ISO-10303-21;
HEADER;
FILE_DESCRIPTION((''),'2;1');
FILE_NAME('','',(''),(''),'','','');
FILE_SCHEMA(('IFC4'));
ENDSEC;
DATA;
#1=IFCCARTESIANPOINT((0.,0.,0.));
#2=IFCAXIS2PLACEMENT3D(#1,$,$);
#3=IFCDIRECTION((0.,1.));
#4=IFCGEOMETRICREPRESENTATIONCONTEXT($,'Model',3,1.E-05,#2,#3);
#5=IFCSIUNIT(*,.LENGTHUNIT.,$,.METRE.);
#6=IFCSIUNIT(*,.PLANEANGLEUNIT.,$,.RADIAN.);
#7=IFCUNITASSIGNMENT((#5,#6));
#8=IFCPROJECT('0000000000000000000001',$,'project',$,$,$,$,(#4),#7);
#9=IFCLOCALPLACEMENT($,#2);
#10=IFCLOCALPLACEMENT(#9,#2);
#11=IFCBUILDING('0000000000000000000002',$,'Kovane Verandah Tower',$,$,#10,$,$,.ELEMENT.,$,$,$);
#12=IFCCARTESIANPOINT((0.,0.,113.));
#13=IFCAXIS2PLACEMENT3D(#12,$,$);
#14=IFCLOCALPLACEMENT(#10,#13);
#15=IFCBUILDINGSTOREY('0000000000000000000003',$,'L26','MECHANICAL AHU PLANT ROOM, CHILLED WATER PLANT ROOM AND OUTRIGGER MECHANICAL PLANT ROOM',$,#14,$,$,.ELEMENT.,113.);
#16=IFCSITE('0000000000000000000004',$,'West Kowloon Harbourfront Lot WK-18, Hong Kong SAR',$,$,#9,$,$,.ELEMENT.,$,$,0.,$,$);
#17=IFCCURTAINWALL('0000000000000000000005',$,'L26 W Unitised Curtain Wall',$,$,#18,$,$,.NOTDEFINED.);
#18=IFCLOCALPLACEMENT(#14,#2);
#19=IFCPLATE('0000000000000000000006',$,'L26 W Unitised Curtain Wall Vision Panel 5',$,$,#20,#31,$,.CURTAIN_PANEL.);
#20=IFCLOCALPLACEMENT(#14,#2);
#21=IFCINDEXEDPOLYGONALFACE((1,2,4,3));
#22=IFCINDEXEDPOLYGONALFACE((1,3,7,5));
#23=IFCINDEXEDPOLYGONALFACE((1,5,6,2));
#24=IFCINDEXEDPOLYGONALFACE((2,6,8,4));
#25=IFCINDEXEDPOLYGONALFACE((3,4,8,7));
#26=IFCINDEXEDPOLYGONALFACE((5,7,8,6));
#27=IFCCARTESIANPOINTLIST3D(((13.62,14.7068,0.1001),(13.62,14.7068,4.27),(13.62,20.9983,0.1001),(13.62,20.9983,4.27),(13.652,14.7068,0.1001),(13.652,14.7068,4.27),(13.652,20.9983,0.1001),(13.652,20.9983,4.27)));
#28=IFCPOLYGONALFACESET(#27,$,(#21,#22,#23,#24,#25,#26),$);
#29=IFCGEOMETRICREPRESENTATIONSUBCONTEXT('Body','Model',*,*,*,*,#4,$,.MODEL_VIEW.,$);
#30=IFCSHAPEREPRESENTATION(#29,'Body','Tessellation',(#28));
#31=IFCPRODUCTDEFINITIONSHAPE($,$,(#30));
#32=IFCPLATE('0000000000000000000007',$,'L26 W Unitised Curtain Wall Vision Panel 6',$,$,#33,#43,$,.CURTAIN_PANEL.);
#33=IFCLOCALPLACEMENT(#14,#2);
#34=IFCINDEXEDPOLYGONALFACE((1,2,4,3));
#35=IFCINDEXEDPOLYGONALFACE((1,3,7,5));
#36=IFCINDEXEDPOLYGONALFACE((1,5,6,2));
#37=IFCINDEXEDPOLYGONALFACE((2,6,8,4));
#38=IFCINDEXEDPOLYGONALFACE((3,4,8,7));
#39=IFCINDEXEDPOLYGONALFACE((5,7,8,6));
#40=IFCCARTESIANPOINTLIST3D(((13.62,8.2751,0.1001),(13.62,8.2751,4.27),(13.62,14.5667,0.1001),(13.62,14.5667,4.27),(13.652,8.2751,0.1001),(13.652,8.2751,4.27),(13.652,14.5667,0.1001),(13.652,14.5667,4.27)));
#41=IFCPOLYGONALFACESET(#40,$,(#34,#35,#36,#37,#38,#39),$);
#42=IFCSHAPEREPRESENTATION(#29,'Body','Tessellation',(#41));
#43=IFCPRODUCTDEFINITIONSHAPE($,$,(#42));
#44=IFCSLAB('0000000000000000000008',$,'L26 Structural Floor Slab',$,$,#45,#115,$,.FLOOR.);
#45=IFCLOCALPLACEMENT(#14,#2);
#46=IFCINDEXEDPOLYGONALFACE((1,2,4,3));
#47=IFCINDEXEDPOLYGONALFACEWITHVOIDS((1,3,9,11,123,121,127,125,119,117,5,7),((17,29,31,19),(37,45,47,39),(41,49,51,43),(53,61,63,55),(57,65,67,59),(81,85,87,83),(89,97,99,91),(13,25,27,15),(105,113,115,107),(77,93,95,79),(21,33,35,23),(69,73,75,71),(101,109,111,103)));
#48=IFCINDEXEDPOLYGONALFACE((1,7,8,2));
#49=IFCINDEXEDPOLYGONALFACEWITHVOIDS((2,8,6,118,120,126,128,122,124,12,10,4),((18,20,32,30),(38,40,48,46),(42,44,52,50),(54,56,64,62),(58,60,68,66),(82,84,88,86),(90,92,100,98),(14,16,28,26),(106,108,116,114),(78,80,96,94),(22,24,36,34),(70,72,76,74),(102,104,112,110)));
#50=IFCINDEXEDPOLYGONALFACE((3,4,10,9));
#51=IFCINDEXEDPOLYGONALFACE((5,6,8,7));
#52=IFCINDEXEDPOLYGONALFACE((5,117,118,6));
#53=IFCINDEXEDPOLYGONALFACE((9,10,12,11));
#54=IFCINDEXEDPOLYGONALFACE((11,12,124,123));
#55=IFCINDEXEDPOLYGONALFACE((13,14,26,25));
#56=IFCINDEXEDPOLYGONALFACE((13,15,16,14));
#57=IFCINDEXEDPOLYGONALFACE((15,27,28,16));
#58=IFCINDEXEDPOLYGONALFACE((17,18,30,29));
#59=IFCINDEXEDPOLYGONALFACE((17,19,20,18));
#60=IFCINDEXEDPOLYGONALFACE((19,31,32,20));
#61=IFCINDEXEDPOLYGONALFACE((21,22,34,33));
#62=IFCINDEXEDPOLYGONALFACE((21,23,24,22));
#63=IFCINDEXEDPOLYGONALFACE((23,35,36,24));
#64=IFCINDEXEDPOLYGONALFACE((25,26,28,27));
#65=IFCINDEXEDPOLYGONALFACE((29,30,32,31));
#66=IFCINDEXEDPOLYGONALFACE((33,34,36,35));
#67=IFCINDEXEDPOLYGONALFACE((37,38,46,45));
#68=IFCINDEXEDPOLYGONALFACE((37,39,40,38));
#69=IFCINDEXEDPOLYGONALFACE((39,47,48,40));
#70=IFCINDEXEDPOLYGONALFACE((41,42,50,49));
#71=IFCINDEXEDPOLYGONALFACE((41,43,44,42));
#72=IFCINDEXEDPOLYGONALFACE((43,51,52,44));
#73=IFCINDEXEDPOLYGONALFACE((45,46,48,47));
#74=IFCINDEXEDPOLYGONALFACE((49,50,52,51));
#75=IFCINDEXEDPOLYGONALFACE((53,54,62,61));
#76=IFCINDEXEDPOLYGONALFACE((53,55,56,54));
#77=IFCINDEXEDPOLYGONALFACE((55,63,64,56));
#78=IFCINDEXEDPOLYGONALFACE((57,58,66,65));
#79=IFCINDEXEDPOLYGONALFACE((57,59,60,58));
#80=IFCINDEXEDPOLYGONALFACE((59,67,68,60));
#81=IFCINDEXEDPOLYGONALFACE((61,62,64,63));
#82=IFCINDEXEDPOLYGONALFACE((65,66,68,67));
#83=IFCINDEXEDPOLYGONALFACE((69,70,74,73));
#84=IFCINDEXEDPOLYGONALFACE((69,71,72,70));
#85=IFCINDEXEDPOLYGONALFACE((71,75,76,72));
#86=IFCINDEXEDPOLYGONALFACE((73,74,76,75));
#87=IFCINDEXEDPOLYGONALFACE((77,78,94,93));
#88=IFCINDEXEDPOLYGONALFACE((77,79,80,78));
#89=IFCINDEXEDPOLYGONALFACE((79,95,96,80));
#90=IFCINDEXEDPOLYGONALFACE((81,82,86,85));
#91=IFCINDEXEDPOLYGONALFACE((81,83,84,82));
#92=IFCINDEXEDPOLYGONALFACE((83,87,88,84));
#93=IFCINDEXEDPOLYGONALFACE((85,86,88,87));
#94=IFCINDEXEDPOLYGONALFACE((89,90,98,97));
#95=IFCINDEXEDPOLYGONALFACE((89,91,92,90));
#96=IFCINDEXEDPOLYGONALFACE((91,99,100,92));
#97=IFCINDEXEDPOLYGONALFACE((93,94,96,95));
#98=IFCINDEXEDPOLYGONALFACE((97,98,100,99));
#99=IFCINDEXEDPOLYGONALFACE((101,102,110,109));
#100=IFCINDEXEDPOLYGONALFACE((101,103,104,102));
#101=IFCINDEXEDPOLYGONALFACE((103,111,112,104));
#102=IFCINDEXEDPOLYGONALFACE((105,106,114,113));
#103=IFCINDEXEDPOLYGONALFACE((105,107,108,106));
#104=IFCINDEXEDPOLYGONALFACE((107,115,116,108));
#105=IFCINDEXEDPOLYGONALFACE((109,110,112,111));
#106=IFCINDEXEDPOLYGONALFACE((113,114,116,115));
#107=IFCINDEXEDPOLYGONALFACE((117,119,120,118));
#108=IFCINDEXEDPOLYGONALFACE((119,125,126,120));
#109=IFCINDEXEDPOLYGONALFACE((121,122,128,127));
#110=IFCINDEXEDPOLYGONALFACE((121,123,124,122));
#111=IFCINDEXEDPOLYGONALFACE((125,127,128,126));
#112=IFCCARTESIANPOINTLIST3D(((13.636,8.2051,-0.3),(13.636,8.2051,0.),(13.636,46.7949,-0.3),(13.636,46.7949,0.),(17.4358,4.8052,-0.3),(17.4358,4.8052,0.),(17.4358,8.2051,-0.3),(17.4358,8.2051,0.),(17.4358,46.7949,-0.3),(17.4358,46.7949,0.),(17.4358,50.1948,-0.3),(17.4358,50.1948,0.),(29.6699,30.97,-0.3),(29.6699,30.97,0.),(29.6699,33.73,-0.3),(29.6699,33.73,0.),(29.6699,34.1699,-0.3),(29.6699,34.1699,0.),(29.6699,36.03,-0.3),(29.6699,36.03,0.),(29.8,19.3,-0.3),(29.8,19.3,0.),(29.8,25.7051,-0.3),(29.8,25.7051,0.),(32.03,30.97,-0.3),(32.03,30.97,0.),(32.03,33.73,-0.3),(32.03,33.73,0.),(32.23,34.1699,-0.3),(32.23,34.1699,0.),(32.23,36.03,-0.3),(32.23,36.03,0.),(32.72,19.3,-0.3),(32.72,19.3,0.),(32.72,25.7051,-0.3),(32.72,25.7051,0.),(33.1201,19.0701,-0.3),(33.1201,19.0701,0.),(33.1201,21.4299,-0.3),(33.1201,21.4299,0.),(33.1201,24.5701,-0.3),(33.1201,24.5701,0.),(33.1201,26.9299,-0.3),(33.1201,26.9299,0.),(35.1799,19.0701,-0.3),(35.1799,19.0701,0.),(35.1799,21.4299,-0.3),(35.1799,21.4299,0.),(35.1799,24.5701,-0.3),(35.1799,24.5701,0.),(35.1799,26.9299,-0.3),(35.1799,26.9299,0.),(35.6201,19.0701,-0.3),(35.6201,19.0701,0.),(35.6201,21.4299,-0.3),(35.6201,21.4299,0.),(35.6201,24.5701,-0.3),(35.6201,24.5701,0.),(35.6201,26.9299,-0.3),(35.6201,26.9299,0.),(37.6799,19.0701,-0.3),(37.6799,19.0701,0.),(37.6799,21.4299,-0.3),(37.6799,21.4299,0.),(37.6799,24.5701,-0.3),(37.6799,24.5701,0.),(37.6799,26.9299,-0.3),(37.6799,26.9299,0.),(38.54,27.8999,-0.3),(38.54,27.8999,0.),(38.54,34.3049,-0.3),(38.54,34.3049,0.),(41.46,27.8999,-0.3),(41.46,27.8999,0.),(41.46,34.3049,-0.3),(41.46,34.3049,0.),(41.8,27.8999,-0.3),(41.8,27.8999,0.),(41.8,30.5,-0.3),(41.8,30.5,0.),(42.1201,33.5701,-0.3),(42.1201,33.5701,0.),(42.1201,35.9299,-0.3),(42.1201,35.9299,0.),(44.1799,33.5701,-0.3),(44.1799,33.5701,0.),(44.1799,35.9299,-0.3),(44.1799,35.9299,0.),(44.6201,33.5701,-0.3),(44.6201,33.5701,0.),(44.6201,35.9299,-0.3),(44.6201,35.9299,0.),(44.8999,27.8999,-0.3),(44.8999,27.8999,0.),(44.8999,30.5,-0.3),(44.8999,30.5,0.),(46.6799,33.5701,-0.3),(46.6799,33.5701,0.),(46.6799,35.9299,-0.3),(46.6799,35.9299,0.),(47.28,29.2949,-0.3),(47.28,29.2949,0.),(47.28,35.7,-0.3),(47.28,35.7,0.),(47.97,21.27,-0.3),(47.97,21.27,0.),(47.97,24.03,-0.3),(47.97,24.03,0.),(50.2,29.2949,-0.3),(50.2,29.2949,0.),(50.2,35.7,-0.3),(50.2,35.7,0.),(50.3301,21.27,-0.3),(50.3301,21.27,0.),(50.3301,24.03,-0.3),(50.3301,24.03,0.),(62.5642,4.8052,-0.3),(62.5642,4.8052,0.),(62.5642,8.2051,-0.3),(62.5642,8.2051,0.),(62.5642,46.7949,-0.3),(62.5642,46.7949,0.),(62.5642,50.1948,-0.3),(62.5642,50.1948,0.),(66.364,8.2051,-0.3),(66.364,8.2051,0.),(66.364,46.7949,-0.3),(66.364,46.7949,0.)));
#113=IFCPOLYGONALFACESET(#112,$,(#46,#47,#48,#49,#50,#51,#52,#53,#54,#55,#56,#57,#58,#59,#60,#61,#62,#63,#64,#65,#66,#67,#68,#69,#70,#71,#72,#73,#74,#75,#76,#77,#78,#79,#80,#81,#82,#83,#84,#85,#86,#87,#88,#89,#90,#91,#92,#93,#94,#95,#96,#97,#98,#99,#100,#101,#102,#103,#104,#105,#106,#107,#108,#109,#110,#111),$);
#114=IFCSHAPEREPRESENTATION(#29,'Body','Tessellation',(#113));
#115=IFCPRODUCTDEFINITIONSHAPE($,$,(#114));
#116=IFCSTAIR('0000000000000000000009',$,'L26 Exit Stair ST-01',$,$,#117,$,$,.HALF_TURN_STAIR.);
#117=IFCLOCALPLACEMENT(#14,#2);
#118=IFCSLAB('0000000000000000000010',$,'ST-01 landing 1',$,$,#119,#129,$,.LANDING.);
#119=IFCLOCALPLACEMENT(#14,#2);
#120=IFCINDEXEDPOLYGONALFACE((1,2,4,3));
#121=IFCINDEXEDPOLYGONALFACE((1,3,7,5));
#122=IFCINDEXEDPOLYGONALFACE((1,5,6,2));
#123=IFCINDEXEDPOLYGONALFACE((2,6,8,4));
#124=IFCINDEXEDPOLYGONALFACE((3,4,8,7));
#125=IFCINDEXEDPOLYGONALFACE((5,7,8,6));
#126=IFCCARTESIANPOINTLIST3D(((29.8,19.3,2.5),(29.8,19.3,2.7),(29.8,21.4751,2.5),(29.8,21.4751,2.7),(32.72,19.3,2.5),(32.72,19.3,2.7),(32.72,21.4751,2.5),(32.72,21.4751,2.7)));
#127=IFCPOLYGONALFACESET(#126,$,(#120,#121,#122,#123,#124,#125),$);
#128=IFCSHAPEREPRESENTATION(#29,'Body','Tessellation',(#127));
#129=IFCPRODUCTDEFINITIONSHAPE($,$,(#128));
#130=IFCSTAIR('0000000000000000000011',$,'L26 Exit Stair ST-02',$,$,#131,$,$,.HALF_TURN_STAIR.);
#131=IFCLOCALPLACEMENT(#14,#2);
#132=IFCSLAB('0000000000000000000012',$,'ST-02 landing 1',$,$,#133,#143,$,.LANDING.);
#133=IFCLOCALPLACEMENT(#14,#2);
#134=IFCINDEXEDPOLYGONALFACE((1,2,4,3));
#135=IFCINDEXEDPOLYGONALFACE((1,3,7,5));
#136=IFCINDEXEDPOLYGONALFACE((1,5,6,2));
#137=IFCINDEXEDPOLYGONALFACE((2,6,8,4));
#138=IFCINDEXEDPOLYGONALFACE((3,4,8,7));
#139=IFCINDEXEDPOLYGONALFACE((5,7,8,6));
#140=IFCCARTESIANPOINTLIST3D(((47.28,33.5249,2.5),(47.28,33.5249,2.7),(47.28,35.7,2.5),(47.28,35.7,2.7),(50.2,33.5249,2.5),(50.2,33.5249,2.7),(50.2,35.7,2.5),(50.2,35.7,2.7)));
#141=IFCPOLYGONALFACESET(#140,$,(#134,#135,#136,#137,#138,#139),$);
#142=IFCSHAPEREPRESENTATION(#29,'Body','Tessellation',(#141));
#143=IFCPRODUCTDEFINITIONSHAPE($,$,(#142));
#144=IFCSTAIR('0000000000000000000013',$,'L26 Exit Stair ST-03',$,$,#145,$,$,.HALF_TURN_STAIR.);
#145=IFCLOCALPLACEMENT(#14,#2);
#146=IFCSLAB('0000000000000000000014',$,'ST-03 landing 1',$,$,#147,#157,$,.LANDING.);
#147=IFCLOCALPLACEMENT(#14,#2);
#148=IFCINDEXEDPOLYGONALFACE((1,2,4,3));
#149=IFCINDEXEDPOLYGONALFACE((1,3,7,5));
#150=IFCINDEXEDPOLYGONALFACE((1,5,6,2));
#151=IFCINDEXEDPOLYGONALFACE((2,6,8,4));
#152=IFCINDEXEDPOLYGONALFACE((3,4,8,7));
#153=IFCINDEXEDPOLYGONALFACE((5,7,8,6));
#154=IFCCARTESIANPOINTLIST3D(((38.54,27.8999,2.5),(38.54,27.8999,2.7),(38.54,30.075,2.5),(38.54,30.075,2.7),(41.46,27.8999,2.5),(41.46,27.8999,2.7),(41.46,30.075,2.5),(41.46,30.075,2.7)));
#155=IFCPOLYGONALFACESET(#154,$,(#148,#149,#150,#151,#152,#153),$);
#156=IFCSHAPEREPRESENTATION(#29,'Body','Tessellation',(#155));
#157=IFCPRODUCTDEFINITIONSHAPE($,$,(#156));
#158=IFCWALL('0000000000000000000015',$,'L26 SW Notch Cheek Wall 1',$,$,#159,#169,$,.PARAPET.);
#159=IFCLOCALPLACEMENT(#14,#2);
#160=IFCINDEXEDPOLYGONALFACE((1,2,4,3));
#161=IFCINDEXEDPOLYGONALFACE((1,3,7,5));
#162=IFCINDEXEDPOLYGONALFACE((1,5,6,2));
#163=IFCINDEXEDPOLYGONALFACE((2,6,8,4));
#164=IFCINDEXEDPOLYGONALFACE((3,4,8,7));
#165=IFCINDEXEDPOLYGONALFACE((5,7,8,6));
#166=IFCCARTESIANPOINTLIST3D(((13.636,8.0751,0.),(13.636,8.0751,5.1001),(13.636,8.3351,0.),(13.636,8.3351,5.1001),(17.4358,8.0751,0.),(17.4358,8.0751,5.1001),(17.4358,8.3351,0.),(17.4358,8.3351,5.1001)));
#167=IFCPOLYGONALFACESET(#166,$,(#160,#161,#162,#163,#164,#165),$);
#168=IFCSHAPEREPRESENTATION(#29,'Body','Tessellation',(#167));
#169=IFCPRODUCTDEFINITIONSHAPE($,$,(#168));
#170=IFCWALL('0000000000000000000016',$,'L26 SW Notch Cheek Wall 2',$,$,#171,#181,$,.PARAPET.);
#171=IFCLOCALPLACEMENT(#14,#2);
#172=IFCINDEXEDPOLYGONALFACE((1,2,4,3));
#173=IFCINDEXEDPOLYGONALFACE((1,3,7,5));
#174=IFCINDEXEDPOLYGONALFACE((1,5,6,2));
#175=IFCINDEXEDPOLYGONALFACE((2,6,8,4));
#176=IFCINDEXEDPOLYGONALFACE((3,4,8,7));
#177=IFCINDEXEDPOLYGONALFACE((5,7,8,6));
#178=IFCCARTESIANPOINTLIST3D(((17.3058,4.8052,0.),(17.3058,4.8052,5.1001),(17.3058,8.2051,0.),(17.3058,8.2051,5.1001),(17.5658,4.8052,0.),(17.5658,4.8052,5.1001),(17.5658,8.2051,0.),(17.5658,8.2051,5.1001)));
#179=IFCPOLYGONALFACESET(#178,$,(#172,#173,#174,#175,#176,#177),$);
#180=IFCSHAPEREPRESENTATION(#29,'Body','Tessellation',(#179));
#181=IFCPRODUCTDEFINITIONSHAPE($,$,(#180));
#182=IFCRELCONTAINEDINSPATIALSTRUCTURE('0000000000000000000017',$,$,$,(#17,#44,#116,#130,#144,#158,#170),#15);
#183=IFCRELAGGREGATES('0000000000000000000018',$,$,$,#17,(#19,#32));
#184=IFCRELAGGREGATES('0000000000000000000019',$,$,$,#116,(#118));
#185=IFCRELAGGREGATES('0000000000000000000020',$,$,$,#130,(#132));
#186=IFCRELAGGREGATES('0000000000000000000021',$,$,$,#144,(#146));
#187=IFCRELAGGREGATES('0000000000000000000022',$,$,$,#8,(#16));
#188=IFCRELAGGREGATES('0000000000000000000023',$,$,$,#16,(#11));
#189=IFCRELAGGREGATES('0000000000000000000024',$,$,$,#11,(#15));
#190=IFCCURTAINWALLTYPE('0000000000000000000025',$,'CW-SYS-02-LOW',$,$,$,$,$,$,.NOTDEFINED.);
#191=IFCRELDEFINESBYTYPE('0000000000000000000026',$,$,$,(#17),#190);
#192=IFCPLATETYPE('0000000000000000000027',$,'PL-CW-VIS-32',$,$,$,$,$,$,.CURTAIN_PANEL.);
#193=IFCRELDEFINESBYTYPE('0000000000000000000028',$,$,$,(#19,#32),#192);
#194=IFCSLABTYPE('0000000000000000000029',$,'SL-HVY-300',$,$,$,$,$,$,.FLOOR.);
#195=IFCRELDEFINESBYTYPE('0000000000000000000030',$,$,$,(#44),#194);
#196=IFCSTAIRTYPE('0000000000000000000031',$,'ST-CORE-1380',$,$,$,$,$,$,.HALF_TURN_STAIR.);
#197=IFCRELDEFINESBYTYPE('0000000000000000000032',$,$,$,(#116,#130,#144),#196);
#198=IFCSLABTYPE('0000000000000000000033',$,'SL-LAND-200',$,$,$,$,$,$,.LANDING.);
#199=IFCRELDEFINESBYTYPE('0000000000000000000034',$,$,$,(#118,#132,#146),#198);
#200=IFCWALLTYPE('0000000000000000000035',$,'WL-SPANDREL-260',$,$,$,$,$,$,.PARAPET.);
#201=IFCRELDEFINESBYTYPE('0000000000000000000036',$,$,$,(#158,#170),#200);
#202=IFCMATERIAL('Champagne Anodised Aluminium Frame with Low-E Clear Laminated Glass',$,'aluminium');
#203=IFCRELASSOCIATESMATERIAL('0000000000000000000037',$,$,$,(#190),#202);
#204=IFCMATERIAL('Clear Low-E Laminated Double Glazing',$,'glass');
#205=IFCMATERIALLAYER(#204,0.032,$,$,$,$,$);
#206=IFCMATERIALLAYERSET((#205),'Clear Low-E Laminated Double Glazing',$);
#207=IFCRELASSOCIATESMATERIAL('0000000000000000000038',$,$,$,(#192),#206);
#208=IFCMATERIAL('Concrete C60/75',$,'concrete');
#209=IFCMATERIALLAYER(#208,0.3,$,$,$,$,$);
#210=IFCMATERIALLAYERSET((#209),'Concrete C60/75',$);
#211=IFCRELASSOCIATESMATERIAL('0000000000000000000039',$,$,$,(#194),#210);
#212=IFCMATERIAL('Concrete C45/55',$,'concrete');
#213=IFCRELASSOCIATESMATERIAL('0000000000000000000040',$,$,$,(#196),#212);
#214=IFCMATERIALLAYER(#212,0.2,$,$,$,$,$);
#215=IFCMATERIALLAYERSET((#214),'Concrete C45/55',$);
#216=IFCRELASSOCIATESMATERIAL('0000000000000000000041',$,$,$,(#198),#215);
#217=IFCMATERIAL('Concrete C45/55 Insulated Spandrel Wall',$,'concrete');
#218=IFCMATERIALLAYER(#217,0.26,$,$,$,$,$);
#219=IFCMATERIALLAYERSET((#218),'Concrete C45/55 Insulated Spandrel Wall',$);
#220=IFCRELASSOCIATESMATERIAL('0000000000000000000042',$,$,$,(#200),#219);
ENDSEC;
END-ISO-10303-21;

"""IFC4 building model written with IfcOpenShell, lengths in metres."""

from ifc_helpers import new_model, si_unit, direction, frame, frame_2d, origin, origin_2d, place, context, subcontext, project, spatial, polyline, rectangle, outline, extrude, material, layer, layer_set, type_object, element, aggregate, save


model = new_model("IFC4")

# Units and contexts
model_context = context("Model", 3, precision=1e-05, world=origin(), true_north=direction((0.0, 1.0)))
body_context = subcontext(model_context, "Body", "Model", "MODEL_VIEW")
ifc_project = project(units=[si_unit("LENGTHUNIT", "METRE"), si_unit("PLANEANGLEUNIT", "RADIAN")], contexts=[model_context])

# Site, building, storey
site_placement = place(None, origin())
site = spatial("IfcSite", under=ifc_project, at=site_placement, Name="West Kowloon Harbourfront Lot WK-18, Hong Kong SAR", CompositionType="ELEMENT", RefElevation=0.0)
building_placement = place(site_placement, origin())
building = spatial("IfcBuilding", under=site, at=building_placement, Name="Kovane Verandah Tower", CompositionType="ELEMENT")
storey_placement = place(building_placement, frame((0.0, 0.0, 113.0)))
storey = spatial("IfcBuildingStorey", under=building, at=storey_placement, Name="L26", Description="MECHANICAL AHU PLANT ROOM, CHILLED WATER PLANT ROOM AND OUTRIGGER MECHANICAL PLANT ROOM", CompositionType="ELEMENT", Elevation=113.0)

# Shared definitions
ifc_material_1 = material(Name="Champagne Anodised Aluminium Frame with Low-E Clear Laminated Glass", Category="aluminium")
curtain_wall_type = type_object("IfcCurtainWallType", Name="CW-SYS-02-LOW", PredefinedType="NOTDEFINED", material=ifc_material_1)

# Curtain wall
curtain_wall_1_placement = place(storey_placement, origin())
curtain_wall_1 = element("IfcCurtainWall", 1, at=curtain_wall_1_placement, inside=storey, type_object=curtain_wall_type, Name="L26 W Unitised Curtain Wall", PredefinedType="NOTDEFINED")

# Plates
ifc_material_2 = material(Name="Clear Low-E Laminated Double Glazing", Category="glass")
ifc_layer_1 = layer(ifc_material_2, 0.032)
ifc_layer_set_1 = layer_set([ifc_layer_1], Name="Clear Low-E Laminated Double Glazing")
plate_type_1 = type_object("IfcPlateType", Name="PL-CW-VIS-32", PredefinedType="CURTAIN_PANEL", material=ifc_layer_set_1)
plate_1_placement = place(storey_placement, frame((13.636, 17.8525, 0.1001), z_axis=(0.0, 0.0, 1.0), x_axis=(0.0, -1.0, 0.0)))
plate_1 = element("IfcPlate", 2, at=plate_1_placement, type_object=plate_type_1, Name="L26 W Unitised Curtain Wall Vision Panel 5", PredefinedType="CURTAIN_PANEL", context=body_context, shape_type="SweptSolid", body=[
    extrude(rectangle(XDim=6.2915, YDim=0.032, at=origin_2d()), origin(), (0.0, 0.0, 1.0), 4.1699),
])
plate_2_placement = place(storey_placement, frame((13.636, 11.4209, 0.1001), z_axis=(0.0, 0.0, 1.0), x_axis=(0.0, -1.0, 0.0)))
plate_2 = element("IfcPlate", 3, at=plate_2_placement, type_object=plate_type_1, Name="L26 W Unitised Curtain Wall Vision Panel 6", PredefinedType="CURTAIN_PANEL", context=body_context, shape_type="SweptSolid", body=[
    extrude(rectangle(XDim=6.2915, YDim=0.032, at=origin_2d()), origin(), (0.0, 0.0, 1.0), 4.1699),
])
aggregate(curtain_wall_1, [plate_1, plate_2])

# Slab
ifc_material_3 = material(Name="Concrete C60/75", Category="concrete")
ifc_layer_2 = layer(ifc_material_3, 0.3)
ifc_layer_set_2 = layer_set([ifc_layer_2], Name="Concrete C60/75")
slab_type_1 = type_object("IfcSlabType", Name="SL-HVY-300", PredefinedType="FLOOR", material=ifc_layer_set_2)
slab_1_placement = place(storey_placement, frame((0.0, 0.0, -0.3)))
element("IfcSlab", 4, at=slab_1_placement, inside=storey, type_object=slab_type_1, Name="L26 Structural Floor Slab", PredefinedType="FLOOR", context=body_context, shape_type="SweptSolid", body=[
    extrude(outline(polyline([(17.4358, 4.8052), (62.5642, 4.8052), (62.5642, 8.2051), (66.364, 8.2051), (66.364, 46.7949), (62.5642, 46.7949), (62.5642, 50.1948), (17.4358, 50.1948), (17.4358, 46.7949), (13.636, 46.7949), (13.636, 8.2051), (17.4358, 8.2051), (17.4358, 4.8052)]), holes=[polyline([(29.8, 19.3), (32.72, 19.3), (32.72, 25.7051), (29.8, 25.7051), (29.8, 19.3)]), polyline([(47.28, 29.2949), (50.2, 29.2949), (50.2, 35.7), (47.28, 35.7), (47.28, 29.2949)]), polyline([(38.54, 27.8999), (41.46, 27.8999), (41.46, 34.3049), (38.54, 34.3049), (38.54, 27.8999)]), polyline([(29.6699, 30.97), (32.03, 30.97), (32.03, 33.73), (29.6699, 33.73), (29.6699, 30.97)]), polyline([(47.97, 21.27), (50.3301, 21.27), (50.3301, 24.03), (47.97, 24.03), (47.97, 21.27)]), polyline([(29.6699, 34.1699), (32.23, 34.1699), (32.23, 36.03), (29.6699, 36.03), (29.6699, 34.1699)]), polyline([(33.1201, 19.0701), (35.1799, 19.0701), (35.1799, 21.4299), (33.1201, 21.4299), (33.1201, 19.0701)]), polyline([(35.6201, 19.0701), (37.6799, 19.0701), (37.6799, 21.4299), (35.6201, 21.4299), (35.6201, 19.0701)]), polyline([(33.1201, 24.5701), (35.1799, 24.5701), (35.1799, 26.9299), (33.1201, 26.9299), (33.1201, 24.5701)]), polyline([(35.6201, 24.5701), (37.6799, 24.5701), (37.6799, 26.9299), (35.6201, 26.9299), (35.6201, 24.5701)]), polyline([(42.1201, 33.5701), (44.1799, 33.5701), (44.1799, 35.9299), (42.1201, 35.9299), (42.1201, 33.5701)]), polyline([(44.6201, 33.5701), (46.6799, 33.5701), (46.6799, 35.9299), (44.6201, 35.9299), (44.6201, 33.5701)]), polyline([(41.8, 27.8999), (44.8999, 27.8999), (44.8999, 30.5), (41.8, 30.5), (41.8, 27.8999)])]), origin(), (0.0, 0.0, 1.0), 0.3),
])

# Stairs, slabs
ifc_material_4 = material(Name="Concrete C45/55", Category="concrete")
stair_type = type_object("IfcStairType", Name="ST-CORE-1380", PredefinedType="HALF_TURN_STAIR", material=ifc_material_4)
stair_1_placement = place(storey_placement, origin())
stair_1 = element("IfcStair", 5, at=stair_1_placement, inside=storey, type_object=stair_type, Name="L26 Exit Stair ST-01", PredefinedType="HALF_TURN_STAIR")
ifc_layer_3 = layer(ifc_material_4, 0.2)
ifc_layer_set_3 = layer_set([ifc_layer_3], Name="Concrete C45/55")
slab_type_2 = type_object("IfcSlabType", Name="SL-LAND-200", PredefinedType="LANDING", material=ifc_layer_set_3)
slab_2_placement = place(storey_placement, frame((0.0, 0.0, 2.5)))
slab_2 = element("IfcSlab", 6, at=slab_2_placement, type_object=slab_type_2, Name="ST-01 landing 1", PredefinedType="LANDING", context=body_context, shape_type="SweptSolid", body=[
    extrude(outline(polyline([(29.8, 21.4751), (29.8, 19.3), (32.72, 19.3), (32.72, 21.4751), (29.8, 21.4751)])), origin(), (0.0, 0.0, 1.0), 0.2),
])
aggregate(stair_1, [slab_2])
stair_2_placement = place(storey_placement, origin())
stair_2 = element("IfcStair", 7, at=stair_2_placement, inside=storey, type_object=stair_type, Name="L26 Exit Stair ST-02", PredefinedType="HALF_TURN_STAIR")
slab_3_placement = place(storey_placement, frame((0.0, 0.0, 2.5)))
slab_3 = element("IfcSlab", 8, at=slab_3_placement, type_object=slab_type_2, Name="ST-02 landing 1", PredefinedType="LANDING", context=body_context, shape_type="SweptSolid", body=[
    extrude(outline(polyline([(50.2, 33.5249), (50.2, 35.7), (47.28, 35.7), (47.28, 33.5249), (50.2, 33.5249)])), origin(), (0.0, 0.0, 1.0), 0.2),
])
aggregate(stair_2, [slab_3])
stair_3_placement = place(storey_placement, origin())
stair_3 = element("IfcStair", 9, at=stair_3_placement, inside=storey, type_object=stair_type, Name="L26 Exit Stair ST-03", PredefinedType="HALF_TURN_STAIR")
slab_4_placement = place(storey_placement, frame((0.0, 0.0, 2.5)))
slab_4 = element("IfcSlab", 10, at=slab_4_placement, type_object=slab_type_2, Name="ST-03 landing 1", PredefinedType="LANDING", context=body_context, shape_type="SweptSolid", body=[
    extrude(outline(polyline([(38.54, 30.075), (38.54, 27.8999), (41.46, 27.8999), (41.46, 30.075), (38.54, 30.075)])), origin(), (0.0, 0.0, 1.0), 0.2),
])
aggregate(stair_3, [slab_4])

# Walls
ifc_material_5 = material(Name="Concrete C45/55 Insulated Spandrel Wall", Category="concrete")
ifc_layer_4 = layer(ifc_material_5, 0.26)
ifc_layer_set_4 = layer_set([ifc_layer_4], Name="Concrete C45/55 Insulated Spandrel Wall")
wall_type = type_object("IfcWallType", Name="WL-SPANDREL-260", PredefinedType="PARAPET", material=ifc_layer_set_4)
wall_1_placement = place(storey_placement, frame((13.636, 8.2051, 0.0), z_axis=(0.0, 0.0, 1.0), x_axis=(1.0, 0.0, 0.0)))
element("IfcWall", 11, at=wall_1_placement, inside=storey, type_object=wall_type, Name="L26 SW Notch Cheek Wall 1", PredefinedType="PARAPET", context=body_context, shape_type="SweptSolid", body=[
    extrude(rectangle(XDim=3.7998, YDim=0.26, at=frame_2d((1.8999, 0.0))), origin(), (0.0, 0.0, 1.0), 5.1001),
])
wall_2_placement = place(storey_placement, frame((17.4358, 8.2051, 0.0), z_axis=(0.0, 0.0, 1.0), x_axis=(0.0, -1.0, 0.0)))
element("IfcWall", 12, at=wall_2_placement, inside=storey, type_object=wall_type, Name="L26 SW Notch Cheek Wall 2", PredefinedType="PARAPET", context=body_context, shape_type="SweptSolid", body=[
    extrude(rectangle(XDim=3.3999, YDim=0.26, at=frame_2d((1.7, 0.0))), origin(), (0.0, 0.0, 1.0), 5.1001),
])

save(model, "model.ifc")
